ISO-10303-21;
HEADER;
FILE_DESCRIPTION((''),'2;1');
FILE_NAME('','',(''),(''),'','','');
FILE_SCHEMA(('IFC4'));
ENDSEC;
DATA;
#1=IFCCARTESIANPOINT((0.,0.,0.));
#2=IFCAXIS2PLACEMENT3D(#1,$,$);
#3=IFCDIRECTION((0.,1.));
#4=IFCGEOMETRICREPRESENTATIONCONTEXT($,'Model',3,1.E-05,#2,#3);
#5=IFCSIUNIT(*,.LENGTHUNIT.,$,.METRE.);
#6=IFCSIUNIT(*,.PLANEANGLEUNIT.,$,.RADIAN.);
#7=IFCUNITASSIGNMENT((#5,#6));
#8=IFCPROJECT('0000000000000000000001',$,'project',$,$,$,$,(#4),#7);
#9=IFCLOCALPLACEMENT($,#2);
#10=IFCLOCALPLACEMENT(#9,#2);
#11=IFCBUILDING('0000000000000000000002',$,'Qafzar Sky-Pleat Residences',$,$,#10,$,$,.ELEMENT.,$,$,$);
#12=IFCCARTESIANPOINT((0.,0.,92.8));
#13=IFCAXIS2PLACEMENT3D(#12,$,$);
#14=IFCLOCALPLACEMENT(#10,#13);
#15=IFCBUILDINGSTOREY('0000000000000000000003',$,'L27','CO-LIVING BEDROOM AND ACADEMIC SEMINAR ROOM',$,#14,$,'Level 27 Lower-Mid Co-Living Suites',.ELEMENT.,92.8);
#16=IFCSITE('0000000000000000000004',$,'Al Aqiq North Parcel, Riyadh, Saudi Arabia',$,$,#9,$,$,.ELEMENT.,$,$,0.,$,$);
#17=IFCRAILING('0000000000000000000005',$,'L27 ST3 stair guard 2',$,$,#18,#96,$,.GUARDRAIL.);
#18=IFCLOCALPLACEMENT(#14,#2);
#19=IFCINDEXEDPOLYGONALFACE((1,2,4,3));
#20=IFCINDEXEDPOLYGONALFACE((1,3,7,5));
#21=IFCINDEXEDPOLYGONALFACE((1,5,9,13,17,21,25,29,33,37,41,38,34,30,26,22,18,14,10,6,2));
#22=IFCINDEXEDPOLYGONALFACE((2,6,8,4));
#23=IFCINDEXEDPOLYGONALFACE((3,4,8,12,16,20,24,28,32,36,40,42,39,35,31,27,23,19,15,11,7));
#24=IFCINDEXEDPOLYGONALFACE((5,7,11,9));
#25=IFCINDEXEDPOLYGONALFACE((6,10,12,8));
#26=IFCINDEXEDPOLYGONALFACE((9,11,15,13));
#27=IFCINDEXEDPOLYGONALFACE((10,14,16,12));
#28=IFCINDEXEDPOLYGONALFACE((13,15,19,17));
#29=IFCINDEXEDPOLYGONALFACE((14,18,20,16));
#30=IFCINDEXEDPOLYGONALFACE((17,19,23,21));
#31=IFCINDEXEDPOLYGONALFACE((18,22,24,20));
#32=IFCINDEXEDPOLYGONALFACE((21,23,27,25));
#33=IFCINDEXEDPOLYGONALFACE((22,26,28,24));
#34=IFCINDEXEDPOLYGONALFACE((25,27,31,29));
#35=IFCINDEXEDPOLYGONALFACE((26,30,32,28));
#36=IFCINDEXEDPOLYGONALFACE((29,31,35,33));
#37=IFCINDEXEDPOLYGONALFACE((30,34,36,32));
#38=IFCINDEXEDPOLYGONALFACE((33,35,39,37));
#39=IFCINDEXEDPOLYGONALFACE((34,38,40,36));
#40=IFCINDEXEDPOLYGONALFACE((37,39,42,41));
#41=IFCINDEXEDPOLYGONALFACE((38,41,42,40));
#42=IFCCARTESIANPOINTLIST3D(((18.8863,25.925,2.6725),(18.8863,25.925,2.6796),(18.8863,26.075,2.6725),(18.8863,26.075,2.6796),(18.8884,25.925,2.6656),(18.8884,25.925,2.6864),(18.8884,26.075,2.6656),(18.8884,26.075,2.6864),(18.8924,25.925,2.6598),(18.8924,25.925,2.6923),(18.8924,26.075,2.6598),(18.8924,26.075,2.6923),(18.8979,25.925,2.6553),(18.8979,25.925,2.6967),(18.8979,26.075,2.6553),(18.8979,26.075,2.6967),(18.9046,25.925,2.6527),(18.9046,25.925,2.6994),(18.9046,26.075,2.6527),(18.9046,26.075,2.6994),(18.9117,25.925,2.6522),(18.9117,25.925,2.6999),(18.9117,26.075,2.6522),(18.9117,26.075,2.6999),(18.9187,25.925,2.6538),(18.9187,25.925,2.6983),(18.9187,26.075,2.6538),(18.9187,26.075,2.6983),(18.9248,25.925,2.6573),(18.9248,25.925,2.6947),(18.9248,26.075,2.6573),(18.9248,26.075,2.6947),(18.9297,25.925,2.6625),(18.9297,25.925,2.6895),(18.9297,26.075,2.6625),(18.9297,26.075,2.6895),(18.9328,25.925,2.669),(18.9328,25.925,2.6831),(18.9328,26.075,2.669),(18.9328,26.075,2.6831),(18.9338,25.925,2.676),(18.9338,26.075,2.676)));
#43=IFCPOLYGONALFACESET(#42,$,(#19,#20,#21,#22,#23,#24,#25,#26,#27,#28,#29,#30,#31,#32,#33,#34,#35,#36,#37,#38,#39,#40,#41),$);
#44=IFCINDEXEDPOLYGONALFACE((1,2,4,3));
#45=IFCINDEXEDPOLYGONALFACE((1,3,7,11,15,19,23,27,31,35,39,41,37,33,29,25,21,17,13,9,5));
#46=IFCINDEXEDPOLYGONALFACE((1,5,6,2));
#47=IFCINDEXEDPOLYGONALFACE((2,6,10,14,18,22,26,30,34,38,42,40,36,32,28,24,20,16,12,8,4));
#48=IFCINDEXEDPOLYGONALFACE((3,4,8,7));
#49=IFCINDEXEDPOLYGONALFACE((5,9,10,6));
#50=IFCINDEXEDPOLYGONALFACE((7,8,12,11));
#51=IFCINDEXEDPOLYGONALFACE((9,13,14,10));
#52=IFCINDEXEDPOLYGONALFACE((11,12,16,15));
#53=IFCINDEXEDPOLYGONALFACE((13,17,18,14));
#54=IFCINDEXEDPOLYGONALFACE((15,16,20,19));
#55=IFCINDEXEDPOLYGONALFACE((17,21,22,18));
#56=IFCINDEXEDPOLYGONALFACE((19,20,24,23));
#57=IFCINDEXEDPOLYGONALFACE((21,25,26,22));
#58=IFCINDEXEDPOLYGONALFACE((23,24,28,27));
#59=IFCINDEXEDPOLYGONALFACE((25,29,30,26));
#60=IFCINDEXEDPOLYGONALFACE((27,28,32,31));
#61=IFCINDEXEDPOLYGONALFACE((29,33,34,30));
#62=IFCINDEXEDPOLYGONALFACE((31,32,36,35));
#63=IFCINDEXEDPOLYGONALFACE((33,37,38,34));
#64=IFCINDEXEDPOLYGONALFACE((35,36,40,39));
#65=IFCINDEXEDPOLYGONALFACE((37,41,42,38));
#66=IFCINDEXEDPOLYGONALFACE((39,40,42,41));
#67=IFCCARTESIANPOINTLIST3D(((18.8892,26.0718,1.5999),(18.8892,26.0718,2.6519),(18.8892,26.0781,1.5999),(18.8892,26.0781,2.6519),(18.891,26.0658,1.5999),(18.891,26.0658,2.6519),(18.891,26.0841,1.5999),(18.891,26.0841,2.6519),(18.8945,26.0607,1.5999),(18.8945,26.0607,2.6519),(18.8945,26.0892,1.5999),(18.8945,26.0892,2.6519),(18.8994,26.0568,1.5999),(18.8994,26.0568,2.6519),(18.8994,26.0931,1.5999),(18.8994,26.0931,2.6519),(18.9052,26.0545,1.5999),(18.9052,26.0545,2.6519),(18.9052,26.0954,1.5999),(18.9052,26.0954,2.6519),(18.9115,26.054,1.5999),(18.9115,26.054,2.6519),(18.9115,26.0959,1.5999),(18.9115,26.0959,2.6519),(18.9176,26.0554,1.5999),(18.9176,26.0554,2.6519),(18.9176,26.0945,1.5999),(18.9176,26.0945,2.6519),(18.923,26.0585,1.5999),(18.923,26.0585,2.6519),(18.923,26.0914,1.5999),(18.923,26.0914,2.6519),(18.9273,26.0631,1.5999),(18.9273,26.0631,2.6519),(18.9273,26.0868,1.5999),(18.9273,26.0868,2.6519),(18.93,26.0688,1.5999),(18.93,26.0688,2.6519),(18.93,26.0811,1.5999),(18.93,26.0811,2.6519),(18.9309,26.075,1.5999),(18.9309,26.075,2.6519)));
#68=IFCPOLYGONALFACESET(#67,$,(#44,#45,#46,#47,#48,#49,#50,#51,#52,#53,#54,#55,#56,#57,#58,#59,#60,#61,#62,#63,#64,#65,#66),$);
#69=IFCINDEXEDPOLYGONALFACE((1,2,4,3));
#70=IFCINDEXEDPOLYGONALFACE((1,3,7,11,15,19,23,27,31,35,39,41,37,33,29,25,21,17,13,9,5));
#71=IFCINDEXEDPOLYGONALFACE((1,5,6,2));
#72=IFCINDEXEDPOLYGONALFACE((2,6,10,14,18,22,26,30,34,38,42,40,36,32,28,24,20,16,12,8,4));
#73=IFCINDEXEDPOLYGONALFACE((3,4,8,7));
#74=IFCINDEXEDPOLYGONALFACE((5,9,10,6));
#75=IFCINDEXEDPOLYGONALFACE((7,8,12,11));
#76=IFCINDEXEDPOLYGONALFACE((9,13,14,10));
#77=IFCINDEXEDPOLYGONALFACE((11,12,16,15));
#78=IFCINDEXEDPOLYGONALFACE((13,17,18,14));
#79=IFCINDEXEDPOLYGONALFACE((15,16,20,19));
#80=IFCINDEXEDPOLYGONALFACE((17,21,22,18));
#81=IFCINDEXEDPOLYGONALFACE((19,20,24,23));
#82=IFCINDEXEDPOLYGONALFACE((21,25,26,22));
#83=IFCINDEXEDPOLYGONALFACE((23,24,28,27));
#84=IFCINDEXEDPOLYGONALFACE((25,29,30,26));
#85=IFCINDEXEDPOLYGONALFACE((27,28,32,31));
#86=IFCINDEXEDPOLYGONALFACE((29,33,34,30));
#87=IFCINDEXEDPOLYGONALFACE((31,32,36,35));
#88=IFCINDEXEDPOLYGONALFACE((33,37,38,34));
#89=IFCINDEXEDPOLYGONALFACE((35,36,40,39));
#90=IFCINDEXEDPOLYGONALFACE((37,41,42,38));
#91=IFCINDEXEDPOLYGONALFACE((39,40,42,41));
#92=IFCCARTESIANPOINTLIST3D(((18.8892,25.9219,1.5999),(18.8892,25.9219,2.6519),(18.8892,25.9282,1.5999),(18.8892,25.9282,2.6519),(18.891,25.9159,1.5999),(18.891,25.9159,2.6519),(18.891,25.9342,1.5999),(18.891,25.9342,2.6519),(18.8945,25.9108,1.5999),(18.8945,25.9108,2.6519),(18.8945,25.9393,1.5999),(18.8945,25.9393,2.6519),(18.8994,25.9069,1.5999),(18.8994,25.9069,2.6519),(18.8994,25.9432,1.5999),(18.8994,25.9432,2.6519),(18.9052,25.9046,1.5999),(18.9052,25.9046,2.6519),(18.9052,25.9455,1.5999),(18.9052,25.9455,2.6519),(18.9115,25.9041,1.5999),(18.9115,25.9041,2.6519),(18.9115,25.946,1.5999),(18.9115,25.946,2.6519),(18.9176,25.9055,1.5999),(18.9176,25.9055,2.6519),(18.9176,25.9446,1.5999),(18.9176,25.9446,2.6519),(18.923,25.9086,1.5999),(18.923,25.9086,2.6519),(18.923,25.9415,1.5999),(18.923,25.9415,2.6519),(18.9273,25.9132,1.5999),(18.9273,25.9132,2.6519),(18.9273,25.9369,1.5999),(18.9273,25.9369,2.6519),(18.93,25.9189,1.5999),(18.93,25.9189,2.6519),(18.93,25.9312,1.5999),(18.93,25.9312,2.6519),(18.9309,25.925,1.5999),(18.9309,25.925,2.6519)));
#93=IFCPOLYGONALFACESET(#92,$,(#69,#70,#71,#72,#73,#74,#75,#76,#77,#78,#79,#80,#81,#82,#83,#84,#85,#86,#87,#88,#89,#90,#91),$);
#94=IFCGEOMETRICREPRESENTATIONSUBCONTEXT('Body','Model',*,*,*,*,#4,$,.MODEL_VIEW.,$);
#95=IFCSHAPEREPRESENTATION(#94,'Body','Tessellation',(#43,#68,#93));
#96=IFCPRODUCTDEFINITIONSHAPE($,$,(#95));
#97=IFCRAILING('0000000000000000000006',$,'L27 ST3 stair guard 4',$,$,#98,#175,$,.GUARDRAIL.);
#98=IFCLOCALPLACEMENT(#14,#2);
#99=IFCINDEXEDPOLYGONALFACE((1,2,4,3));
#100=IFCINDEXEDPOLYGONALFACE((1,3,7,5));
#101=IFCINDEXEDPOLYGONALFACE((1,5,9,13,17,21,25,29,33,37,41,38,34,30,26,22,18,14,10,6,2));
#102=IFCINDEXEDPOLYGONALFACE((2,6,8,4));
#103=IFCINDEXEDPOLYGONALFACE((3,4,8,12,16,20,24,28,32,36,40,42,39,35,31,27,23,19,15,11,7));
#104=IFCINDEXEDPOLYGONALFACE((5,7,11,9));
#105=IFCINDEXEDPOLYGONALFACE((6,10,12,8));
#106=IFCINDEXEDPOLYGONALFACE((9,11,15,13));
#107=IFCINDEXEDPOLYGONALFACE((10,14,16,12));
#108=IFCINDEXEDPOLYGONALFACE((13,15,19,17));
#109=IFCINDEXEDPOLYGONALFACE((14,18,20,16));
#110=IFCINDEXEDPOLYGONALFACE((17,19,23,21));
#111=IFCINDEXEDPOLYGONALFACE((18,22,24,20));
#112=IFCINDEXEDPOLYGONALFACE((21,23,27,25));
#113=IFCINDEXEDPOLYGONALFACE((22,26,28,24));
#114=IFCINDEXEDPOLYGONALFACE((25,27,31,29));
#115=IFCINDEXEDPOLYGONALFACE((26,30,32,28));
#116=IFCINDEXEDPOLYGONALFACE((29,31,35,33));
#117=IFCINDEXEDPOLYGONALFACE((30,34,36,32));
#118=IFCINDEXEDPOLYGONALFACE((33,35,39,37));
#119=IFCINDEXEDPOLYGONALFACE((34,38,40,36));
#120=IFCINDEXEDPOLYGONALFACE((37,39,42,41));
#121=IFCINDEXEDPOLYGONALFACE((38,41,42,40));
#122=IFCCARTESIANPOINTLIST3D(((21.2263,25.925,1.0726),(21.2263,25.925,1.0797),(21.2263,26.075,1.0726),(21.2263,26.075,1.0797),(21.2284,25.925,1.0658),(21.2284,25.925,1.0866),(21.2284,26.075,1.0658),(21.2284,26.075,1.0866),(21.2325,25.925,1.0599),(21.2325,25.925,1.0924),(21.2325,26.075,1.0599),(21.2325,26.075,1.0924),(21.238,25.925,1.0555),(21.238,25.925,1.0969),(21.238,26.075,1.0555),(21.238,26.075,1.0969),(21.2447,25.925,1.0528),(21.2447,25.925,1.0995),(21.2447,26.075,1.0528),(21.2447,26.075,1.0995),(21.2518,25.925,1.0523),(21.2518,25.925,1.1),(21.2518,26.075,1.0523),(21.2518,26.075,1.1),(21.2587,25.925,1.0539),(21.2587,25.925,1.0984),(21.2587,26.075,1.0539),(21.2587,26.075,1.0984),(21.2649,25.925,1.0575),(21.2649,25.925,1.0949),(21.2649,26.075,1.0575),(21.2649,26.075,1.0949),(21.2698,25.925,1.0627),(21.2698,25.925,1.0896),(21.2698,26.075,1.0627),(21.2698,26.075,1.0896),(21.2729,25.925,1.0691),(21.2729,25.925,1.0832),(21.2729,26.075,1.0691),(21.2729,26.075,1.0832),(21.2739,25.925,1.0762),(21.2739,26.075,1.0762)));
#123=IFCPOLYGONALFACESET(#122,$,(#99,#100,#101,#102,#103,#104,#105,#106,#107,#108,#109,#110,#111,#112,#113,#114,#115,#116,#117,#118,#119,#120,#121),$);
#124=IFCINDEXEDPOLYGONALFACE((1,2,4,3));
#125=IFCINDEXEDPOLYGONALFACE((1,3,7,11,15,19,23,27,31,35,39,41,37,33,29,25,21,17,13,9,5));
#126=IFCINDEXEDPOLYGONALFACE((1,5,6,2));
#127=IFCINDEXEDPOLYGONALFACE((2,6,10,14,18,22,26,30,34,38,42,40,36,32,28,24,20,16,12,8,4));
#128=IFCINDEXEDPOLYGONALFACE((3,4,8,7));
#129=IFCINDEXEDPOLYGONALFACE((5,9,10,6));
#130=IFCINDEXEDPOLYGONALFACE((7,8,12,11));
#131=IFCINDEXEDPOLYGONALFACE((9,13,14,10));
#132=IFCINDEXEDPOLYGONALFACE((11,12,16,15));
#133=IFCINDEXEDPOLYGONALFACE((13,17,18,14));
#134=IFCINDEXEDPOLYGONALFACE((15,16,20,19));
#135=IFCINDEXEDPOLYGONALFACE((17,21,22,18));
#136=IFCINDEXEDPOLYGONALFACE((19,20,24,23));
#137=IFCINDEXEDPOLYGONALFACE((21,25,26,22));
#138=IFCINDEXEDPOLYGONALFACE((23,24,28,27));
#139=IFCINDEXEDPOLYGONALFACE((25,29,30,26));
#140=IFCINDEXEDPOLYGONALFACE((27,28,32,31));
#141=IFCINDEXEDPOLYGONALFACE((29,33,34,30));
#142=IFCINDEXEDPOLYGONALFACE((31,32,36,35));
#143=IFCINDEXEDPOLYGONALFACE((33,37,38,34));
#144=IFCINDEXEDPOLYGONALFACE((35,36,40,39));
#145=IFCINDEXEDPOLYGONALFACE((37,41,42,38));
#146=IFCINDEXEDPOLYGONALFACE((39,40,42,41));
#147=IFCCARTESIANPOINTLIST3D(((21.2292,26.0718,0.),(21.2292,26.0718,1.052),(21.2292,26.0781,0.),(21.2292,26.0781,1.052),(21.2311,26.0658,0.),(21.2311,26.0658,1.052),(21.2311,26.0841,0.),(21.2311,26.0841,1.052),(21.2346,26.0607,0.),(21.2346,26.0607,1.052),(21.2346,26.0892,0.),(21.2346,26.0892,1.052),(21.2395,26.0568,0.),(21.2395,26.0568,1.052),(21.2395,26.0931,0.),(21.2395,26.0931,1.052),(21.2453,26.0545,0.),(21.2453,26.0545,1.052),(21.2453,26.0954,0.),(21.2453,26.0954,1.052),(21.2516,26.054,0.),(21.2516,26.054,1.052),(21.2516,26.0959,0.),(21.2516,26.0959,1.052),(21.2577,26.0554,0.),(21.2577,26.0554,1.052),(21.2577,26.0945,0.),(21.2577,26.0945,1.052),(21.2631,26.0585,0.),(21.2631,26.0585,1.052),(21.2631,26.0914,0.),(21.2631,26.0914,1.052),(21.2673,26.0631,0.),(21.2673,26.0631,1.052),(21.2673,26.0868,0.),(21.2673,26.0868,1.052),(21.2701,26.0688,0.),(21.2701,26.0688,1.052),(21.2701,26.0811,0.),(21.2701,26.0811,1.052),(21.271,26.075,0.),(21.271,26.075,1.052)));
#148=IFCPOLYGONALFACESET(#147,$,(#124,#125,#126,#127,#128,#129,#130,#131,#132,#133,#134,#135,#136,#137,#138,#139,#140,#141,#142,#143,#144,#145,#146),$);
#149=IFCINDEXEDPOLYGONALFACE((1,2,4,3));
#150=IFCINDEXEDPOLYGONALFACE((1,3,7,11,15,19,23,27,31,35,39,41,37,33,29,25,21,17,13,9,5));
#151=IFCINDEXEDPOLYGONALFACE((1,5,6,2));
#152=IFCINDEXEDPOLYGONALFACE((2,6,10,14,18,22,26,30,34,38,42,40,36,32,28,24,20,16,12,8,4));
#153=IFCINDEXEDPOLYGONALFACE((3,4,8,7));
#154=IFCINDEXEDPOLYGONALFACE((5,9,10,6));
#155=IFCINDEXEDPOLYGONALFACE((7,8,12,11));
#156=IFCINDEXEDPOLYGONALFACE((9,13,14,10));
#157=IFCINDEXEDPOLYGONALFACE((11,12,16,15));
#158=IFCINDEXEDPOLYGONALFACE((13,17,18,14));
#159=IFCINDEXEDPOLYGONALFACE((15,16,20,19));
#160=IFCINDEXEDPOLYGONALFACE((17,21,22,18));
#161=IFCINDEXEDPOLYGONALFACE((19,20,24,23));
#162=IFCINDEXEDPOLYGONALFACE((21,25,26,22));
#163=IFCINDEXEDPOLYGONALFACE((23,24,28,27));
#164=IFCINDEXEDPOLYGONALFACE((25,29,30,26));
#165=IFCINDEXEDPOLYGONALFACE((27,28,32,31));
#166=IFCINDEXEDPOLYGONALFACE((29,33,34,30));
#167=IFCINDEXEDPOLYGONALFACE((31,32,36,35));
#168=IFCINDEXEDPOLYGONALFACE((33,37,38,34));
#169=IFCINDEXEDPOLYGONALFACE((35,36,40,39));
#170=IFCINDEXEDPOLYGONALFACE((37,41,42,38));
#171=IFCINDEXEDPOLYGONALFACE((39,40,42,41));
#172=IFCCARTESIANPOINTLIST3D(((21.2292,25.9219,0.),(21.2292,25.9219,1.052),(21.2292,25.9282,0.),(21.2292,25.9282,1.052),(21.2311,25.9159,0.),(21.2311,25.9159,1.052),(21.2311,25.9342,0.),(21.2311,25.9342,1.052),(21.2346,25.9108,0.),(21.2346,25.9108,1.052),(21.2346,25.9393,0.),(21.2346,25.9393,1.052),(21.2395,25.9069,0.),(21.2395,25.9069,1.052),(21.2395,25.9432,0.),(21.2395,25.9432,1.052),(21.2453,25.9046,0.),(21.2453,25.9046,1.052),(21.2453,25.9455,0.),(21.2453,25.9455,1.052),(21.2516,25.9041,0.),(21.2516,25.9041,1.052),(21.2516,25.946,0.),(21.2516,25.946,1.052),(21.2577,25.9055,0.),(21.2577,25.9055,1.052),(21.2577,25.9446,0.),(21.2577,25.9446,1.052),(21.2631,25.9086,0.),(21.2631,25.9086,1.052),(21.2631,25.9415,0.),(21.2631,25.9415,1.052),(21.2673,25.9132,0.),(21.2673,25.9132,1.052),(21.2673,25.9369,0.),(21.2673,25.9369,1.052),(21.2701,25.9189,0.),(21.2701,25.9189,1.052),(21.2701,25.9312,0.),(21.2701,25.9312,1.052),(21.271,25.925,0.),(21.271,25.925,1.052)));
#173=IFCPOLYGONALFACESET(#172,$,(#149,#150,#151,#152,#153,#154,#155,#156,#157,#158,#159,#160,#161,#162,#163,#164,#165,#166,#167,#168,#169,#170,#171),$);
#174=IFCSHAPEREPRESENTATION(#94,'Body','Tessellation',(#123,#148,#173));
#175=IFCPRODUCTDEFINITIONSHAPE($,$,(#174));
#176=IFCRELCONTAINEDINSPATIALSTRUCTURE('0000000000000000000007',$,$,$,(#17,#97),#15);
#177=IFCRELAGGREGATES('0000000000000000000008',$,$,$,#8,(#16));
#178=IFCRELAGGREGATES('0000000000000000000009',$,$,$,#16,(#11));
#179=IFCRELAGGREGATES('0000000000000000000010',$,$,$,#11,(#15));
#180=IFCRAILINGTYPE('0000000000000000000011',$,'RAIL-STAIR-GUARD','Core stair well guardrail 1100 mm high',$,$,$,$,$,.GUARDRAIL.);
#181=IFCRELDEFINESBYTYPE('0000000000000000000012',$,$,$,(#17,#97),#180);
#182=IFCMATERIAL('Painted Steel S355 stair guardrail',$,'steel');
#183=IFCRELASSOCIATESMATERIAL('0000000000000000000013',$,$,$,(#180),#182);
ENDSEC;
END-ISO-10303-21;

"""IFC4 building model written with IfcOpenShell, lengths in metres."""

from ifc_helpers import new_model, si_unit, direction, frame, origin, origin_2d, place, context, subcontext, project, spatial, circle, extrude, source, transform, mapped, material, type_object, element, save


model = new_model("IFC4")

# Units and contexts
model_context = context("Model", 3, precision=1e-05, world=origin(), true_north=direction((0.0, 1.0)))
body_context = subcontext(model_context, "Body", "Model", "MODEL_VIEW")
ifc_project = project(units=[si_unit("LENGTHUNIT", "METRE"), si_unit("PLANEANGLEUNIT", "RADIAN")], contexts=[model_context])

# Site, building, storey
site_placement = place(None, origin())
site = spatial("IfcSite", under=ifc_project, at=site_placement, Name="Al Aqiq North Parcel, Riyadh, Saudi Arabia", CompositionType="ELEMENT", RefElevation=0.0)
building_placement = place(site_placement, origin())
building = spatial("IfcBuilding", under=site, at=building_placement, Name="Qafzar Sky-Pleat Residences", CompositionType="ELEMENT")
storey_placement = place(building_placement, frame((0.0, 0.0, 92.8)))
storey = spatial("IfcBuildingStorey", under=building, at=storey_placement, Name="L27", Description="CO-LIVING BEDROOM AND ACADEMIC SEMINAR ROOM", LongName="Level 27 Lower-Mid Co-Living Suites", CompositionType="ELEMENT", Elevation=92.8)

# Railings
ifc_material_1 = material(Name="Painted Steel S355 stair guardrail", Category="steel")
railing_type_1 = type_object("IfcRailingType", Name="RAIL-STAIR-GUARD", Description="Core stair well guardrail 1100 mm high", PredefinedType="GUARDRAIL", material=ifc_material_1)
shared_shape_1 = source(origin(), body_context, "Body", "SweptSolid", [
    extrude(circle(Radius=0.0239, at=origin_2d()), frame((0.0, 0.0, 1.0762), z_axis=(0.0, -1.0, 0.0), x_axis=(1.0, 0.0, 0.0)), (0.0, 0.0, 1.0), 0.1499),
    extrude(circle(Radius=0.021, at=origin_2d()), origin(), (0.0, 0.0, 1.0), 1.052),
    extrude(circle(Radius=0.021, at=origin_2d()), frame((0.0, -0.1499, 0.0)), (0.0, 0.0, 1.0), 1.052),
])
for number, where, name in (
    (1, (18.9099, 26.075, 1.5999), "L27 ST3 stair guard 2"),
    (2, (21.25, 26.075, 0.0), "L27 ST3 stair guard 4"),
):
    element("IfcRailing", number, at=place(storey_placement, frame(where)), inside=storey, type_object=railing_type_1, Name=name, PredefinedType="GUARDRAIL", context=body_context, shape_type="MappedRepresentation", body=[
        mapped(shared_shape_1, transform((0.0, 0.0, 0.0), x_axis=(1.0, 0.0, 0.0), y_axis=(0.0, 1.0, 0.0), z_axis=(0.0, 0.0, 1.0), scale=1.0)),
    ])

save(model, "model.ifc")
